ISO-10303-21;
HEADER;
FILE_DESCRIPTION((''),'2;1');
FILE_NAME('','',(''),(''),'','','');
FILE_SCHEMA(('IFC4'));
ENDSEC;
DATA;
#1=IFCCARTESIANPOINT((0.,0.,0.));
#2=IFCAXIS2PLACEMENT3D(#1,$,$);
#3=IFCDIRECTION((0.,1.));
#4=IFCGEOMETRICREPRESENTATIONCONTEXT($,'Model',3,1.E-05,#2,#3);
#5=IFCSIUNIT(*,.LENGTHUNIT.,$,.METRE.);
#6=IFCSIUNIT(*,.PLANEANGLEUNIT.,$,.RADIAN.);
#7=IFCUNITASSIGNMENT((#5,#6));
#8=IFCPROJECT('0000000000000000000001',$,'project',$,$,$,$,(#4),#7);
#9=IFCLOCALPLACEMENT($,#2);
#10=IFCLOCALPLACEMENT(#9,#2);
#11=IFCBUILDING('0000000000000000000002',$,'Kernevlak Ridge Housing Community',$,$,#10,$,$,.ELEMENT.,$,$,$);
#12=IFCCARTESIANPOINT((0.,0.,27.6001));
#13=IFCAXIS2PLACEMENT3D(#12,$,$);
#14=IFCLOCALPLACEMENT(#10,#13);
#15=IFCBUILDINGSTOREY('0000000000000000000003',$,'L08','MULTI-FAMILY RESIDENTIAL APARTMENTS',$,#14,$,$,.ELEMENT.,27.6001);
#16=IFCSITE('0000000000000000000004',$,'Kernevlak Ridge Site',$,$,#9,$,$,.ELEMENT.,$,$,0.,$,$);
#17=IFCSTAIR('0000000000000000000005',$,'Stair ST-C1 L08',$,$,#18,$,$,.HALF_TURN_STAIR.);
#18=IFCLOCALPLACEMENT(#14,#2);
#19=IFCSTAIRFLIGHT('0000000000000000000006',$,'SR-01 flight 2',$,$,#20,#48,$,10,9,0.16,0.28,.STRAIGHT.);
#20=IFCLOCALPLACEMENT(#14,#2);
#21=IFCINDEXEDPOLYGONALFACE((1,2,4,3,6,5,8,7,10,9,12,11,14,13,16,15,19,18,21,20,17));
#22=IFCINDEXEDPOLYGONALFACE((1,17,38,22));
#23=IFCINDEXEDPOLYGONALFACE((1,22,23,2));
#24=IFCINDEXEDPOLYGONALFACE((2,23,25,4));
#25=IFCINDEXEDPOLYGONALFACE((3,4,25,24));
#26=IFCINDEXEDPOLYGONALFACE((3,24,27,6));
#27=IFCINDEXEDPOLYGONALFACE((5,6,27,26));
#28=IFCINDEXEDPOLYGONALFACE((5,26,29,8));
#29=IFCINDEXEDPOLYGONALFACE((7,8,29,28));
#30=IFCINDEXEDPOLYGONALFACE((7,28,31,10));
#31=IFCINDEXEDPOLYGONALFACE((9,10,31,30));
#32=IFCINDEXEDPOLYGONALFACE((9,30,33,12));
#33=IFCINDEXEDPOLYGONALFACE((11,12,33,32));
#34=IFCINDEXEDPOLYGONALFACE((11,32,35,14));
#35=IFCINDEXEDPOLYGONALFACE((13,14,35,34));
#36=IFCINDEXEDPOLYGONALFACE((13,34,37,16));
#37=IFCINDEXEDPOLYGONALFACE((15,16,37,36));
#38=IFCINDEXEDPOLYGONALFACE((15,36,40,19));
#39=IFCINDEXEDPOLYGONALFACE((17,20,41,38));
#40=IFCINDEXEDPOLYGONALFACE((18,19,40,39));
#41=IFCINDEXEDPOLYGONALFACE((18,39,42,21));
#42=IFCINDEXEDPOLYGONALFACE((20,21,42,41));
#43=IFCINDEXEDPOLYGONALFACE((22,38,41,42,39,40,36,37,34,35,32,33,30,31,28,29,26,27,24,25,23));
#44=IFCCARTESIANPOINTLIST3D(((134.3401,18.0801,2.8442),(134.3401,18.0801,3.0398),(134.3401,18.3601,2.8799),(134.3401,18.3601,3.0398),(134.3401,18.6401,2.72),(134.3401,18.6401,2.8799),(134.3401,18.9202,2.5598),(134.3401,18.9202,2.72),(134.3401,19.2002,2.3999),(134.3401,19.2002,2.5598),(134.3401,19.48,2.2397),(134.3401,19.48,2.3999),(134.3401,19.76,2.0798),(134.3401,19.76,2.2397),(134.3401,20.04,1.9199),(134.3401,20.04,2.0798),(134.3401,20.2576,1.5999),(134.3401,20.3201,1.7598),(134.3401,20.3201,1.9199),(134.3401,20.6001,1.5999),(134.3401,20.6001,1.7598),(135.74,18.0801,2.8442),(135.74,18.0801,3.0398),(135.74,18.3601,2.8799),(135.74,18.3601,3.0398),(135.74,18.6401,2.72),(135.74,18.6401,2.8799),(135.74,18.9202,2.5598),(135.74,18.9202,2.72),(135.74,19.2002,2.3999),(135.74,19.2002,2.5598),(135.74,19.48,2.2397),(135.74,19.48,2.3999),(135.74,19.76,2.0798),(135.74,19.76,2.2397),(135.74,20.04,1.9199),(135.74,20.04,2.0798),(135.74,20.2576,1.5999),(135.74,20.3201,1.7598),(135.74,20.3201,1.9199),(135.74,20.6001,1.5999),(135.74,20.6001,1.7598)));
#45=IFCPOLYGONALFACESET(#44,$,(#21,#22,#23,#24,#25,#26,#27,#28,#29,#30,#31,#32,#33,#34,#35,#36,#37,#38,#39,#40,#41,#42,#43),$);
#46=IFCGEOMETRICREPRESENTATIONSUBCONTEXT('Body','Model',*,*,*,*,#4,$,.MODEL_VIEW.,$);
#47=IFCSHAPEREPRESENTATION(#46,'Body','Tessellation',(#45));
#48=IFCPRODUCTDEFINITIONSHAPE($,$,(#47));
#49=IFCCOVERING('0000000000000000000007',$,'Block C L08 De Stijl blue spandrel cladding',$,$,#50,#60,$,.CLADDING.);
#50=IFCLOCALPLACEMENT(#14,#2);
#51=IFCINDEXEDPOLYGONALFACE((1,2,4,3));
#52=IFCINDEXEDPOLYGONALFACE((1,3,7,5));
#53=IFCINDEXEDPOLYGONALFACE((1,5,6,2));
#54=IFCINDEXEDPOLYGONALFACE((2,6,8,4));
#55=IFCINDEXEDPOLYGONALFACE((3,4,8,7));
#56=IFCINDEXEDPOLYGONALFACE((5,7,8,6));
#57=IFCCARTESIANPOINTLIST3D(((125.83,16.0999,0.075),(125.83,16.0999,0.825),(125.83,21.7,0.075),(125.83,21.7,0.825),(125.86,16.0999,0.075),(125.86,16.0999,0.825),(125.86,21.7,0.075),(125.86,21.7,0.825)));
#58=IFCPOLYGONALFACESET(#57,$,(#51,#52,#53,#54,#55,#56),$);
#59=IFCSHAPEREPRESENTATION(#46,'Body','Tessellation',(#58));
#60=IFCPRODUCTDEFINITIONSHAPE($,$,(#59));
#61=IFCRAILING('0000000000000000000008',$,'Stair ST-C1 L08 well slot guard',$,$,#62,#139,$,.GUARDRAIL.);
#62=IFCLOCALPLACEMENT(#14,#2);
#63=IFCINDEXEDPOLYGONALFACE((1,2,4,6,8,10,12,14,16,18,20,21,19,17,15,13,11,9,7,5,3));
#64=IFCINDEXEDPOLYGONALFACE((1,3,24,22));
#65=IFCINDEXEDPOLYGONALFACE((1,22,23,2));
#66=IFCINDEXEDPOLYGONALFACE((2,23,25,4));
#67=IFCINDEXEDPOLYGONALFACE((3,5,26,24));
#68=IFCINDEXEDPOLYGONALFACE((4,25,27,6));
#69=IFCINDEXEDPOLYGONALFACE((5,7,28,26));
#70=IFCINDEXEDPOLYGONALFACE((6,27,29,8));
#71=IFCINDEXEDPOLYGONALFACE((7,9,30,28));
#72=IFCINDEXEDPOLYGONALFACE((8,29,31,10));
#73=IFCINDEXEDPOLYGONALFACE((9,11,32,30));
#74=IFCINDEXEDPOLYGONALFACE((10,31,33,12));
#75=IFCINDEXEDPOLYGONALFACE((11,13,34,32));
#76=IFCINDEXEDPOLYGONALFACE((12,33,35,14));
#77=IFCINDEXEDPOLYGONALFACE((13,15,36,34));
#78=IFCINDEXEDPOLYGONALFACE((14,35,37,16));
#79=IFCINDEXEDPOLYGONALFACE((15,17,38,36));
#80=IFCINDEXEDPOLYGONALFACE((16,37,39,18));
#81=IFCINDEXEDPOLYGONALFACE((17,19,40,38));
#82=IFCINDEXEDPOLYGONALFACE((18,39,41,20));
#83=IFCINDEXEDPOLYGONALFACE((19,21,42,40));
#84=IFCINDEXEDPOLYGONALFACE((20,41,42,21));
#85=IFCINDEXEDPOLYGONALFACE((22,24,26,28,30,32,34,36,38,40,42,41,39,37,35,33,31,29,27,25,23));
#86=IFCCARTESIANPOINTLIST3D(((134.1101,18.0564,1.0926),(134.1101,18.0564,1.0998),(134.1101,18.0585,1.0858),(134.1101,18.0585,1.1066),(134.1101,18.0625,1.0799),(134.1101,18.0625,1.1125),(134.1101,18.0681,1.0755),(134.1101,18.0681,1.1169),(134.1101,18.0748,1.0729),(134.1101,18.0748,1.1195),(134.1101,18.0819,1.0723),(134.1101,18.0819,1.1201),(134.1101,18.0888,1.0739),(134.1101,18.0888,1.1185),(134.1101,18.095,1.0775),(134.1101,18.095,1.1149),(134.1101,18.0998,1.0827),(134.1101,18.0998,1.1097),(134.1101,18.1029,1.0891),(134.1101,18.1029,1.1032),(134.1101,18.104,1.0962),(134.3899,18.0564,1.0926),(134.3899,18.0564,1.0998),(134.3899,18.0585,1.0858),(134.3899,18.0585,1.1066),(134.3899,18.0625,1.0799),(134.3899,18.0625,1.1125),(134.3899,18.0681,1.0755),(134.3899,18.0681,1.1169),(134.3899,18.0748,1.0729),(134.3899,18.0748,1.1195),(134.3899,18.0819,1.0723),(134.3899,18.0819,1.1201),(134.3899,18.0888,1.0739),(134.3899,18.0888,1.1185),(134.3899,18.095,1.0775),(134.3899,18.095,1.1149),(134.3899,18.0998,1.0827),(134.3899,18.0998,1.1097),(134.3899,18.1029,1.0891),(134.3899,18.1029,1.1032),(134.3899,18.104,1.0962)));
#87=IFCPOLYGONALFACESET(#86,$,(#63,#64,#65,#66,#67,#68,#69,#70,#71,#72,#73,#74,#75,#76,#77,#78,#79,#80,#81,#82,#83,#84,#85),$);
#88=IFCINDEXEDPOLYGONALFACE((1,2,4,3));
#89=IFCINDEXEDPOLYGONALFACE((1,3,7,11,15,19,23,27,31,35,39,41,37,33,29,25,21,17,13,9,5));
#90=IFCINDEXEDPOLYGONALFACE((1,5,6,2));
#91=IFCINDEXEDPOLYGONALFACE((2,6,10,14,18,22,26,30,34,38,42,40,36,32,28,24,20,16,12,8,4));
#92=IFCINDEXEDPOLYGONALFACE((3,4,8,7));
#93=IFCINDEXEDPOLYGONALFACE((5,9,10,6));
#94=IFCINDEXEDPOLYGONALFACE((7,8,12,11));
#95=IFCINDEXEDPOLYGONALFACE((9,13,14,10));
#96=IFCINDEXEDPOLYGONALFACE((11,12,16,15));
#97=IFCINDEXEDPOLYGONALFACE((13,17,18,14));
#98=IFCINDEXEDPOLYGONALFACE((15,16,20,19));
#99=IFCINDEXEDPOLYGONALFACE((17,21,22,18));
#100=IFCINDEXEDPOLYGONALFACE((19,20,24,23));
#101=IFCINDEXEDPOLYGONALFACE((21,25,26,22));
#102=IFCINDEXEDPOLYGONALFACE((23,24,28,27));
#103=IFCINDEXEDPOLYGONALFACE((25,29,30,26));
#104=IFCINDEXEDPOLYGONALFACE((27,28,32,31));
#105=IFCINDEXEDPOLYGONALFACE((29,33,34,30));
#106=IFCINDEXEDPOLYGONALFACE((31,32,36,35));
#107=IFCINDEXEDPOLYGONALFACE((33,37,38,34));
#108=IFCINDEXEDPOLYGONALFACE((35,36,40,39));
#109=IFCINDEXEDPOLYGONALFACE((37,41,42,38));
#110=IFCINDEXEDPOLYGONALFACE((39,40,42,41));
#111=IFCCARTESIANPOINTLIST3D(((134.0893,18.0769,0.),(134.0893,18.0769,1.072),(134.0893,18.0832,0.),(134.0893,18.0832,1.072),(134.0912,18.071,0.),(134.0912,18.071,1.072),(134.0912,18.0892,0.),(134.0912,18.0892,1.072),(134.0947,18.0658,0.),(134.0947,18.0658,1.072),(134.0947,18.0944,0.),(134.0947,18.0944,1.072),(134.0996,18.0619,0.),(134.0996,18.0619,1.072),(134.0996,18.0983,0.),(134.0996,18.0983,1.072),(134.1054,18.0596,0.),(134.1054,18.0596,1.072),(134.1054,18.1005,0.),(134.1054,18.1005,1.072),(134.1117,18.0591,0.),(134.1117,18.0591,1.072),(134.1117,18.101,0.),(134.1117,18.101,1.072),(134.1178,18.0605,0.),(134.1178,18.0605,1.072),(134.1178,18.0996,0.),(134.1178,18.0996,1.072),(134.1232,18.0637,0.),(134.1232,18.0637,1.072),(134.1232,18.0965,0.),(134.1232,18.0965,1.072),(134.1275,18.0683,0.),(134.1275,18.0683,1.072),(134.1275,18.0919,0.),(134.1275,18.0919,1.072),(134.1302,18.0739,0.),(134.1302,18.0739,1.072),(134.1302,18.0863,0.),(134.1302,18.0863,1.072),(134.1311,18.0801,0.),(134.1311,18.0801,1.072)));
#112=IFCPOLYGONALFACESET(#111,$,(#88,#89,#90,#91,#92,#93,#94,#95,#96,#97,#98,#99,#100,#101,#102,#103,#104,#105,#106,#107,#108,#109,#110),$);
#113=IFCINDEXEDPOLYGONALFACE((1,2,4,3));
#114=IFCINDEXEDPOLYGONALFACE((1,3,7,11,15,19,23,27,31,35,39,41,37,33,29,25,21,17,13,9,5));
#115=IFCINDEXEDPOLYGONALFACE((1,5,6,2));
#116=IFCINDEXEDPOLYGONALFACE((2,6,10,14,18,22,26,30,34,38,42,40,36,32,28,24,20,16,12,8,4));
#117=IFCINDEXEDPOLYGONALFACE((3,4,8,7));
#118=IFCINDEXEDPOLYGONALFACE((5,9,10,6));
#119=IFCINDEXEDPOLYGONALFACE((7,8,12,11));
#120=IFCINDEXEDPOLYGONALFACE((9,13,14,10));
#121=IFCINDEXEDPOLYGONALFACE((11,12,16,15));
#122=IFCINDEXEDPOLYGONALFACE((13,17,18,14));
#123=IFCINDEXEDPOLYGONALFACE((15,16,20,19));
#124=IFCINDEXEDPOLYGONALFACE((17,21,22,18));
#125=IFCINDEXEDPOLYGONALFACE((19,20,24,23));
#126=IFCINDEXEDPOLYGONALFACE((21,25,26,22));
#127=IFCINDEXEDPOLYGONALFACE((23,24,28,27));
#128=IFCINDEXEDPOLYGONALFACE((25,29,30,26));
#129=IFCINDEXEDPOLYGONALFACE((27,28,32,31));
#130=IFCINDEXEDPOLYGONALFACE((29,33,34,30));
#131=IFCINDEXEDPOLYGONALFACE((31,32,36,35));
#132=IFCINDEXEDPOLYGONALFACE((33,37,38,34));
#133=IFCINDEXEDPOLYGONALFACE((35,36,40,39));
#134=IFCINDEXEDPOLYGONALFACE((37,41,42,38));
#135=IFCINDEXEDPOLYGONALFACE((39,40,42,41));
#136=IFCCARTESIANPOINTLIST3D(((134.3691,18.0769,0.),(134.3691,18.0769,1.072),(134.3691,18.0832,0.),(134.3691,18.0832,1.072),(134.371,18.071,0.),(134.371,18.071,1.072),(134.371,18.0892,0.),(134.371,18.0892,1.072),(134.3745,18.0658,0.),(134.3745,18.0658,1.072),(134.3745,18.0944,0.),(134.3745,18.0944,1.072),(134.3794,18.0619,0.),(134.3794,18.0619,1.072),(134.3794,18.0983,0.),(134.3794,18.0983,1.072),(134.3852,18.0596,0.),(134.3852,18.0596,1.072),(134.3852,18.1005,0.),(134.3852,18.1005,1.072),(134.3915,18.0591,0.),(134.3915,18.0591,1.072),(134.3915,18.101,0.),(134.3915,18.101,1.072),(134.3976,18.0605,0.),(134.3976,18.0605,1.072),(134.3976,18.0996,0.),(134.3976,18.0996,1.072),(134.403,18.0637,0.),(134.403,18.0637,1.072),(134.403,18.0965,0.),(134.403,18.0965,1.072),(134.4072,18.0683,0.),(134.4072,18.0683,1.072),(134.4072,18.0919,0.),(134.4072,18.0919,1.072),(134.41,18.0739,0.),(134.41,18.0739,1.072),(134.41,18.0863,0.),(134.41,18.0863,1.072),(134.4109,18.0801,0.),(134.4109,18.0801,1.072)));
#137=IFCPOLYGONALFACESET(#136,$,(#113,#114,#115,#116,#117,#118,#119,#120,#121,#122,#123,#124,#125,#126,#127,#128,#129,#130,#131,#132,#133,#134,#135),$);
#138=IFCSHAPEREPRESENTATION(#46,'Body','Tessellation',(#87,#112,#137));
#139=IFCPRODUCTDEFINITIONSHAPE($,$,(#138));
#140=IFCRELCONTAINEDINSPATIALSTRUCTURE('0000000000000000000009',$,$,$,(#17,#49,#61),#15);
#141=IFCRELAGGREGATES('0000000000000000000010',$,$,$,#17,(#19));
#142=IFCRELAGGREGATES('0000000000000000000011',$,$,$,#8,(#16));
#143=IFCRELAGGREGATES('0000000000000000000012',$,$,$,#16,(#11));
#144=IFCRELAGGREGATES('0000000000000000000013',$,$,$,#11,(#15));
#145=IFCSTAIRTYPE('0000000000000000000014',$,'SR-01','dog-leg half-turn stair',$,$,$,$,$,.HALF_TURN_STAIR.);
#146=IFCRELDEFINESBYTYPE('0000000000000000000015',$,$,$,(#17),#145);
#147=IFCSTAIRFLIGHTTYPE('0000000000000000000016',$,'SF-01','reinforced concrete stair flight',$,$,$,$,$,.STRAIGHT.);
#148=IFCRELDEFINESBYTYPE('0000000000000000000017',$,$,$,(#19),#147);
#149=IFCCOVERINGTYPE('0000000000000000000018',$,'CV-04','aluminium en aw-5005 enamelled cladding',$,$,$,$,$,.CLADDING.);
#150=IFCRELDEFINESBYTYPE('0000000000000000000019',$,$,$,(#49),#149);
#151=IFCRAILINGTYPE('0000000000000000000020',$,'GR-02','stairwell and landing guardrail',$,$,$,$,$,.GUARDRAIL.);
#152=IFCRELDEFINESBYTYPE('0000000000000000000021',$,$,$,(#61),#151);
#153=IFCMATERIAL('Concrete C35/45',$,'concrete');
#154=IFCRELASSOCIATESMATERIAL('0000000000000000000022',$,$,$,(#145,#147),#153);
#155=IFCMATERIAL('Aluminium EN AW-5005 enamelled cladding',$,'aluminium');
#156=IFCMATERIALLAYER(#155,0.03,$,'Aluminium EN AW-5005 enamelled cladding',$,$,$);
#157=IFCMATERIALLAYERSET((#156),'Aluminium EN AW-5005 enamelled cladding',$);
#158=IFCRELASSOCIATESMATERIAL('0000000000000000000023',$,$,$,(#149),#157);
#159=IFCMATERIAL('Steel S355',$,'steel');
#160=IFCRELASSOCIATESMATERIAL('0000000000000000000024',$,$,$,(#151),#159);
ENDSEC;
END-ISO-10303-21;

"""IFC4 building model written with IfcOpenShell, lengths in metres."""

from ifc_helpers import new_model, si_unit, direction, frame, origin, origin_2d, place, context, subcontext, project, spatial, polyline, rectangle, circle, outline, extrude, material, layer, layer_set, type_object, element, aggregate, save


model = new_model("IFC4")

# Units and contexts
model_context = context("Model", 3, precision=1e-05, world=origin(), true_north=direction((0.0, 1.0)))
body_context = subcontext(model_context, "Body", "Model", "MODEL_VIEW")
ifc_project = project(units=[si_unit("LENGTHUNIT", "METRE"), si_unit("PLANEANGLEUNIT", "RADIAN")], contexts=[model_context])

# Site, building, storey
site_placement = place(None, origin())
site = spatial("IfcSite", under=ifc_project, at=site_placement, Name="Kernevlak Ridge Site", CompositionType="ELEMENT", RefElevation=0.0)
building_placement = place(site_placement, origin())
building = spatial("IfcBuilding", under=site, at=building_placement, Name="Kernevlak Ridge Housing Community", CompositionType="ELEMENT")
storey_placement = place(building_placement, frame((0.0, 0.0, 27.6001)))
storey = spatial("IfcBuildingStorey", under=building, at=storey_placement, Name="L08", Description="MULTI-FAMILY RESIDENTIAL APARTMENTS", CompositionType="ELEMENT", Elevation=27.6001)

# Shared definitions
ifc_material_1 = material(Name="Concrete C35/45", Category="concrete")

# Stair, stair flight
stair_type = type_object("IfcStairType", Name="SR-01", Description="dog-leg half-turn stair", PredefinedType="HALF_TURN_STAIR", material=ifc_material_1)
stair_placement = place(storey_placement, origin())
stair = element("IfcStair", 1, at=stair_placement, inside=storey, type_object=stair_type, Name="Stair ST-C1 L08", PredefinedType="HALF_TURN_STAIR")
stair_flight_type = type_object("IfcStairFlightType", Name="SF-01", Description="reinforced concrete stair flight", PredefinedType="STRAIGHT", material=ifc_material_1)
stair_flight_placement = place(storey_placement, frame((135.04, 20.6001, 1.5999), z_axis=(0.0, 0.0, 1.0), x_axis=(0.0, -1.0, 0.0)))
stair_flight = element("IfcStairFlight", 2, at=stair_flight_placement, type_object=stair_flight_type, Name="SR-01 flight 2", NumberOfRisers=10, NumberOfTreads=9, PredefinedType="STRAIGHT", RiserHeight=0.16, TreadLength=0.28, context=body_context, shape_type="SweptSolid", body=[
    extrude(outline(polyline([(0.0, 0.0), (0.0, 0.1599), (0.28, 0.1599), (0.28, 0.3201), (0.5601, 0.3201), (0.5601, 0.48), (0.8401, 0.48), (0.8401, 0.6399), (1.1201, 0.6399), (1.1201, 0.8), (1.3999, 0.8), (1.3999, 0.96), (1.6799, 0.96), (1.6799, 1.1201), (1.96, 1.1201), (1.96, 1.28), (2.24, 1.28), (2.24, 1.4399), (2.52, 1.4399), (2.52, 1.6001), (2.52, 1.2444), (0.3425, 0.0), (0.0, 0.0)])), frame((0.0, 0.7, 0.0), z_axis=(0.0, -1.0, 0.0), x_axis=(1.0, 0.0, 0.0)), (0.0, 0.0, 1.0), 1.3999),
])
aggregate(stair, [stair_flight])

# Covering
ifc_material_2 = material(Name="Aluminium EN AW-5005 enamelled cladding", Category="aluminium")
ifc_layer_1 = layer(ifc_material_2, 0.03, Name="Aluminium EN AW-5005 enamelled cladding")
ifc_layer_set_1 = layer_set([ifc_layer_1], Name="Aluminium EN AW-5005 enamelled cladding")
covering_type = type_object("IfcCoveringType", Name="CV-04", Description="aluminium en aw-5005 enamelled cladding", PredefinedType="CLADDING", material=ifc_layer_set_1)
covering_placement = place(storey_placement, frame((125.845, 18.8999, 0.075), z_axis=(0.0, 0.0, 1.0), x_axis=(0.0, 1.0, 0.0)))
element("IfcCovering", 3, at=covering_placement, inside=storey, type_object=covering_type, Name="Block C L08 De Stijl blue spandrel cladding", PredefinedType="CLADDING", context=body_context, shape_type="SweptSolid", body=[
    extrude(rectangle(XDim=5.6001, YDim=0.03, at=origin_2d()), origin(), (0.0, 0.0, 1.0), 0.75),
])

# Railing
ifc_material_3 = material(Name="Steel S355", Category="steel")
railing_type_1 = type_object("IfcRailingType", Name="GR-02", Description="stairwell and landing guardrail", PredefinedType="GUARDRAIL", material=ifc_material_3)
railing_1_placement = place(storey_placement, frame((134.1101, 18.0801, 0.0)))
element("IfcRailing", 4, at=railing_1_placement, inside=storey, type_object=railing_type_1, Name="Stair ST-C1 L08 well slot guard", PredefinedType="GUARDRAIL", context=body_context, shape_type="SweptSolid", body=[
    extrude(circle(Radius=0.0239, at=origin_2d()), frame((0.0, 0.0, 1.0962), z_axis=(1.0, 0.0, 0.0), x_axis=(0.0, 1.0, 0.0)), (0.0, 0.0, 1.0), 0.2798),
    extrude(circle(Radius=0.021, at=origin_2d()), origin(), (0.0, 0.0, 1.0), 1.072),
    extrude(circle(Radius=0.021, at=origin_2d()), frame((0.2798, 0.0, 0.0)), (0.0, 0.0, 1.0), 1.072),
])

save(model, "model.ifc")
